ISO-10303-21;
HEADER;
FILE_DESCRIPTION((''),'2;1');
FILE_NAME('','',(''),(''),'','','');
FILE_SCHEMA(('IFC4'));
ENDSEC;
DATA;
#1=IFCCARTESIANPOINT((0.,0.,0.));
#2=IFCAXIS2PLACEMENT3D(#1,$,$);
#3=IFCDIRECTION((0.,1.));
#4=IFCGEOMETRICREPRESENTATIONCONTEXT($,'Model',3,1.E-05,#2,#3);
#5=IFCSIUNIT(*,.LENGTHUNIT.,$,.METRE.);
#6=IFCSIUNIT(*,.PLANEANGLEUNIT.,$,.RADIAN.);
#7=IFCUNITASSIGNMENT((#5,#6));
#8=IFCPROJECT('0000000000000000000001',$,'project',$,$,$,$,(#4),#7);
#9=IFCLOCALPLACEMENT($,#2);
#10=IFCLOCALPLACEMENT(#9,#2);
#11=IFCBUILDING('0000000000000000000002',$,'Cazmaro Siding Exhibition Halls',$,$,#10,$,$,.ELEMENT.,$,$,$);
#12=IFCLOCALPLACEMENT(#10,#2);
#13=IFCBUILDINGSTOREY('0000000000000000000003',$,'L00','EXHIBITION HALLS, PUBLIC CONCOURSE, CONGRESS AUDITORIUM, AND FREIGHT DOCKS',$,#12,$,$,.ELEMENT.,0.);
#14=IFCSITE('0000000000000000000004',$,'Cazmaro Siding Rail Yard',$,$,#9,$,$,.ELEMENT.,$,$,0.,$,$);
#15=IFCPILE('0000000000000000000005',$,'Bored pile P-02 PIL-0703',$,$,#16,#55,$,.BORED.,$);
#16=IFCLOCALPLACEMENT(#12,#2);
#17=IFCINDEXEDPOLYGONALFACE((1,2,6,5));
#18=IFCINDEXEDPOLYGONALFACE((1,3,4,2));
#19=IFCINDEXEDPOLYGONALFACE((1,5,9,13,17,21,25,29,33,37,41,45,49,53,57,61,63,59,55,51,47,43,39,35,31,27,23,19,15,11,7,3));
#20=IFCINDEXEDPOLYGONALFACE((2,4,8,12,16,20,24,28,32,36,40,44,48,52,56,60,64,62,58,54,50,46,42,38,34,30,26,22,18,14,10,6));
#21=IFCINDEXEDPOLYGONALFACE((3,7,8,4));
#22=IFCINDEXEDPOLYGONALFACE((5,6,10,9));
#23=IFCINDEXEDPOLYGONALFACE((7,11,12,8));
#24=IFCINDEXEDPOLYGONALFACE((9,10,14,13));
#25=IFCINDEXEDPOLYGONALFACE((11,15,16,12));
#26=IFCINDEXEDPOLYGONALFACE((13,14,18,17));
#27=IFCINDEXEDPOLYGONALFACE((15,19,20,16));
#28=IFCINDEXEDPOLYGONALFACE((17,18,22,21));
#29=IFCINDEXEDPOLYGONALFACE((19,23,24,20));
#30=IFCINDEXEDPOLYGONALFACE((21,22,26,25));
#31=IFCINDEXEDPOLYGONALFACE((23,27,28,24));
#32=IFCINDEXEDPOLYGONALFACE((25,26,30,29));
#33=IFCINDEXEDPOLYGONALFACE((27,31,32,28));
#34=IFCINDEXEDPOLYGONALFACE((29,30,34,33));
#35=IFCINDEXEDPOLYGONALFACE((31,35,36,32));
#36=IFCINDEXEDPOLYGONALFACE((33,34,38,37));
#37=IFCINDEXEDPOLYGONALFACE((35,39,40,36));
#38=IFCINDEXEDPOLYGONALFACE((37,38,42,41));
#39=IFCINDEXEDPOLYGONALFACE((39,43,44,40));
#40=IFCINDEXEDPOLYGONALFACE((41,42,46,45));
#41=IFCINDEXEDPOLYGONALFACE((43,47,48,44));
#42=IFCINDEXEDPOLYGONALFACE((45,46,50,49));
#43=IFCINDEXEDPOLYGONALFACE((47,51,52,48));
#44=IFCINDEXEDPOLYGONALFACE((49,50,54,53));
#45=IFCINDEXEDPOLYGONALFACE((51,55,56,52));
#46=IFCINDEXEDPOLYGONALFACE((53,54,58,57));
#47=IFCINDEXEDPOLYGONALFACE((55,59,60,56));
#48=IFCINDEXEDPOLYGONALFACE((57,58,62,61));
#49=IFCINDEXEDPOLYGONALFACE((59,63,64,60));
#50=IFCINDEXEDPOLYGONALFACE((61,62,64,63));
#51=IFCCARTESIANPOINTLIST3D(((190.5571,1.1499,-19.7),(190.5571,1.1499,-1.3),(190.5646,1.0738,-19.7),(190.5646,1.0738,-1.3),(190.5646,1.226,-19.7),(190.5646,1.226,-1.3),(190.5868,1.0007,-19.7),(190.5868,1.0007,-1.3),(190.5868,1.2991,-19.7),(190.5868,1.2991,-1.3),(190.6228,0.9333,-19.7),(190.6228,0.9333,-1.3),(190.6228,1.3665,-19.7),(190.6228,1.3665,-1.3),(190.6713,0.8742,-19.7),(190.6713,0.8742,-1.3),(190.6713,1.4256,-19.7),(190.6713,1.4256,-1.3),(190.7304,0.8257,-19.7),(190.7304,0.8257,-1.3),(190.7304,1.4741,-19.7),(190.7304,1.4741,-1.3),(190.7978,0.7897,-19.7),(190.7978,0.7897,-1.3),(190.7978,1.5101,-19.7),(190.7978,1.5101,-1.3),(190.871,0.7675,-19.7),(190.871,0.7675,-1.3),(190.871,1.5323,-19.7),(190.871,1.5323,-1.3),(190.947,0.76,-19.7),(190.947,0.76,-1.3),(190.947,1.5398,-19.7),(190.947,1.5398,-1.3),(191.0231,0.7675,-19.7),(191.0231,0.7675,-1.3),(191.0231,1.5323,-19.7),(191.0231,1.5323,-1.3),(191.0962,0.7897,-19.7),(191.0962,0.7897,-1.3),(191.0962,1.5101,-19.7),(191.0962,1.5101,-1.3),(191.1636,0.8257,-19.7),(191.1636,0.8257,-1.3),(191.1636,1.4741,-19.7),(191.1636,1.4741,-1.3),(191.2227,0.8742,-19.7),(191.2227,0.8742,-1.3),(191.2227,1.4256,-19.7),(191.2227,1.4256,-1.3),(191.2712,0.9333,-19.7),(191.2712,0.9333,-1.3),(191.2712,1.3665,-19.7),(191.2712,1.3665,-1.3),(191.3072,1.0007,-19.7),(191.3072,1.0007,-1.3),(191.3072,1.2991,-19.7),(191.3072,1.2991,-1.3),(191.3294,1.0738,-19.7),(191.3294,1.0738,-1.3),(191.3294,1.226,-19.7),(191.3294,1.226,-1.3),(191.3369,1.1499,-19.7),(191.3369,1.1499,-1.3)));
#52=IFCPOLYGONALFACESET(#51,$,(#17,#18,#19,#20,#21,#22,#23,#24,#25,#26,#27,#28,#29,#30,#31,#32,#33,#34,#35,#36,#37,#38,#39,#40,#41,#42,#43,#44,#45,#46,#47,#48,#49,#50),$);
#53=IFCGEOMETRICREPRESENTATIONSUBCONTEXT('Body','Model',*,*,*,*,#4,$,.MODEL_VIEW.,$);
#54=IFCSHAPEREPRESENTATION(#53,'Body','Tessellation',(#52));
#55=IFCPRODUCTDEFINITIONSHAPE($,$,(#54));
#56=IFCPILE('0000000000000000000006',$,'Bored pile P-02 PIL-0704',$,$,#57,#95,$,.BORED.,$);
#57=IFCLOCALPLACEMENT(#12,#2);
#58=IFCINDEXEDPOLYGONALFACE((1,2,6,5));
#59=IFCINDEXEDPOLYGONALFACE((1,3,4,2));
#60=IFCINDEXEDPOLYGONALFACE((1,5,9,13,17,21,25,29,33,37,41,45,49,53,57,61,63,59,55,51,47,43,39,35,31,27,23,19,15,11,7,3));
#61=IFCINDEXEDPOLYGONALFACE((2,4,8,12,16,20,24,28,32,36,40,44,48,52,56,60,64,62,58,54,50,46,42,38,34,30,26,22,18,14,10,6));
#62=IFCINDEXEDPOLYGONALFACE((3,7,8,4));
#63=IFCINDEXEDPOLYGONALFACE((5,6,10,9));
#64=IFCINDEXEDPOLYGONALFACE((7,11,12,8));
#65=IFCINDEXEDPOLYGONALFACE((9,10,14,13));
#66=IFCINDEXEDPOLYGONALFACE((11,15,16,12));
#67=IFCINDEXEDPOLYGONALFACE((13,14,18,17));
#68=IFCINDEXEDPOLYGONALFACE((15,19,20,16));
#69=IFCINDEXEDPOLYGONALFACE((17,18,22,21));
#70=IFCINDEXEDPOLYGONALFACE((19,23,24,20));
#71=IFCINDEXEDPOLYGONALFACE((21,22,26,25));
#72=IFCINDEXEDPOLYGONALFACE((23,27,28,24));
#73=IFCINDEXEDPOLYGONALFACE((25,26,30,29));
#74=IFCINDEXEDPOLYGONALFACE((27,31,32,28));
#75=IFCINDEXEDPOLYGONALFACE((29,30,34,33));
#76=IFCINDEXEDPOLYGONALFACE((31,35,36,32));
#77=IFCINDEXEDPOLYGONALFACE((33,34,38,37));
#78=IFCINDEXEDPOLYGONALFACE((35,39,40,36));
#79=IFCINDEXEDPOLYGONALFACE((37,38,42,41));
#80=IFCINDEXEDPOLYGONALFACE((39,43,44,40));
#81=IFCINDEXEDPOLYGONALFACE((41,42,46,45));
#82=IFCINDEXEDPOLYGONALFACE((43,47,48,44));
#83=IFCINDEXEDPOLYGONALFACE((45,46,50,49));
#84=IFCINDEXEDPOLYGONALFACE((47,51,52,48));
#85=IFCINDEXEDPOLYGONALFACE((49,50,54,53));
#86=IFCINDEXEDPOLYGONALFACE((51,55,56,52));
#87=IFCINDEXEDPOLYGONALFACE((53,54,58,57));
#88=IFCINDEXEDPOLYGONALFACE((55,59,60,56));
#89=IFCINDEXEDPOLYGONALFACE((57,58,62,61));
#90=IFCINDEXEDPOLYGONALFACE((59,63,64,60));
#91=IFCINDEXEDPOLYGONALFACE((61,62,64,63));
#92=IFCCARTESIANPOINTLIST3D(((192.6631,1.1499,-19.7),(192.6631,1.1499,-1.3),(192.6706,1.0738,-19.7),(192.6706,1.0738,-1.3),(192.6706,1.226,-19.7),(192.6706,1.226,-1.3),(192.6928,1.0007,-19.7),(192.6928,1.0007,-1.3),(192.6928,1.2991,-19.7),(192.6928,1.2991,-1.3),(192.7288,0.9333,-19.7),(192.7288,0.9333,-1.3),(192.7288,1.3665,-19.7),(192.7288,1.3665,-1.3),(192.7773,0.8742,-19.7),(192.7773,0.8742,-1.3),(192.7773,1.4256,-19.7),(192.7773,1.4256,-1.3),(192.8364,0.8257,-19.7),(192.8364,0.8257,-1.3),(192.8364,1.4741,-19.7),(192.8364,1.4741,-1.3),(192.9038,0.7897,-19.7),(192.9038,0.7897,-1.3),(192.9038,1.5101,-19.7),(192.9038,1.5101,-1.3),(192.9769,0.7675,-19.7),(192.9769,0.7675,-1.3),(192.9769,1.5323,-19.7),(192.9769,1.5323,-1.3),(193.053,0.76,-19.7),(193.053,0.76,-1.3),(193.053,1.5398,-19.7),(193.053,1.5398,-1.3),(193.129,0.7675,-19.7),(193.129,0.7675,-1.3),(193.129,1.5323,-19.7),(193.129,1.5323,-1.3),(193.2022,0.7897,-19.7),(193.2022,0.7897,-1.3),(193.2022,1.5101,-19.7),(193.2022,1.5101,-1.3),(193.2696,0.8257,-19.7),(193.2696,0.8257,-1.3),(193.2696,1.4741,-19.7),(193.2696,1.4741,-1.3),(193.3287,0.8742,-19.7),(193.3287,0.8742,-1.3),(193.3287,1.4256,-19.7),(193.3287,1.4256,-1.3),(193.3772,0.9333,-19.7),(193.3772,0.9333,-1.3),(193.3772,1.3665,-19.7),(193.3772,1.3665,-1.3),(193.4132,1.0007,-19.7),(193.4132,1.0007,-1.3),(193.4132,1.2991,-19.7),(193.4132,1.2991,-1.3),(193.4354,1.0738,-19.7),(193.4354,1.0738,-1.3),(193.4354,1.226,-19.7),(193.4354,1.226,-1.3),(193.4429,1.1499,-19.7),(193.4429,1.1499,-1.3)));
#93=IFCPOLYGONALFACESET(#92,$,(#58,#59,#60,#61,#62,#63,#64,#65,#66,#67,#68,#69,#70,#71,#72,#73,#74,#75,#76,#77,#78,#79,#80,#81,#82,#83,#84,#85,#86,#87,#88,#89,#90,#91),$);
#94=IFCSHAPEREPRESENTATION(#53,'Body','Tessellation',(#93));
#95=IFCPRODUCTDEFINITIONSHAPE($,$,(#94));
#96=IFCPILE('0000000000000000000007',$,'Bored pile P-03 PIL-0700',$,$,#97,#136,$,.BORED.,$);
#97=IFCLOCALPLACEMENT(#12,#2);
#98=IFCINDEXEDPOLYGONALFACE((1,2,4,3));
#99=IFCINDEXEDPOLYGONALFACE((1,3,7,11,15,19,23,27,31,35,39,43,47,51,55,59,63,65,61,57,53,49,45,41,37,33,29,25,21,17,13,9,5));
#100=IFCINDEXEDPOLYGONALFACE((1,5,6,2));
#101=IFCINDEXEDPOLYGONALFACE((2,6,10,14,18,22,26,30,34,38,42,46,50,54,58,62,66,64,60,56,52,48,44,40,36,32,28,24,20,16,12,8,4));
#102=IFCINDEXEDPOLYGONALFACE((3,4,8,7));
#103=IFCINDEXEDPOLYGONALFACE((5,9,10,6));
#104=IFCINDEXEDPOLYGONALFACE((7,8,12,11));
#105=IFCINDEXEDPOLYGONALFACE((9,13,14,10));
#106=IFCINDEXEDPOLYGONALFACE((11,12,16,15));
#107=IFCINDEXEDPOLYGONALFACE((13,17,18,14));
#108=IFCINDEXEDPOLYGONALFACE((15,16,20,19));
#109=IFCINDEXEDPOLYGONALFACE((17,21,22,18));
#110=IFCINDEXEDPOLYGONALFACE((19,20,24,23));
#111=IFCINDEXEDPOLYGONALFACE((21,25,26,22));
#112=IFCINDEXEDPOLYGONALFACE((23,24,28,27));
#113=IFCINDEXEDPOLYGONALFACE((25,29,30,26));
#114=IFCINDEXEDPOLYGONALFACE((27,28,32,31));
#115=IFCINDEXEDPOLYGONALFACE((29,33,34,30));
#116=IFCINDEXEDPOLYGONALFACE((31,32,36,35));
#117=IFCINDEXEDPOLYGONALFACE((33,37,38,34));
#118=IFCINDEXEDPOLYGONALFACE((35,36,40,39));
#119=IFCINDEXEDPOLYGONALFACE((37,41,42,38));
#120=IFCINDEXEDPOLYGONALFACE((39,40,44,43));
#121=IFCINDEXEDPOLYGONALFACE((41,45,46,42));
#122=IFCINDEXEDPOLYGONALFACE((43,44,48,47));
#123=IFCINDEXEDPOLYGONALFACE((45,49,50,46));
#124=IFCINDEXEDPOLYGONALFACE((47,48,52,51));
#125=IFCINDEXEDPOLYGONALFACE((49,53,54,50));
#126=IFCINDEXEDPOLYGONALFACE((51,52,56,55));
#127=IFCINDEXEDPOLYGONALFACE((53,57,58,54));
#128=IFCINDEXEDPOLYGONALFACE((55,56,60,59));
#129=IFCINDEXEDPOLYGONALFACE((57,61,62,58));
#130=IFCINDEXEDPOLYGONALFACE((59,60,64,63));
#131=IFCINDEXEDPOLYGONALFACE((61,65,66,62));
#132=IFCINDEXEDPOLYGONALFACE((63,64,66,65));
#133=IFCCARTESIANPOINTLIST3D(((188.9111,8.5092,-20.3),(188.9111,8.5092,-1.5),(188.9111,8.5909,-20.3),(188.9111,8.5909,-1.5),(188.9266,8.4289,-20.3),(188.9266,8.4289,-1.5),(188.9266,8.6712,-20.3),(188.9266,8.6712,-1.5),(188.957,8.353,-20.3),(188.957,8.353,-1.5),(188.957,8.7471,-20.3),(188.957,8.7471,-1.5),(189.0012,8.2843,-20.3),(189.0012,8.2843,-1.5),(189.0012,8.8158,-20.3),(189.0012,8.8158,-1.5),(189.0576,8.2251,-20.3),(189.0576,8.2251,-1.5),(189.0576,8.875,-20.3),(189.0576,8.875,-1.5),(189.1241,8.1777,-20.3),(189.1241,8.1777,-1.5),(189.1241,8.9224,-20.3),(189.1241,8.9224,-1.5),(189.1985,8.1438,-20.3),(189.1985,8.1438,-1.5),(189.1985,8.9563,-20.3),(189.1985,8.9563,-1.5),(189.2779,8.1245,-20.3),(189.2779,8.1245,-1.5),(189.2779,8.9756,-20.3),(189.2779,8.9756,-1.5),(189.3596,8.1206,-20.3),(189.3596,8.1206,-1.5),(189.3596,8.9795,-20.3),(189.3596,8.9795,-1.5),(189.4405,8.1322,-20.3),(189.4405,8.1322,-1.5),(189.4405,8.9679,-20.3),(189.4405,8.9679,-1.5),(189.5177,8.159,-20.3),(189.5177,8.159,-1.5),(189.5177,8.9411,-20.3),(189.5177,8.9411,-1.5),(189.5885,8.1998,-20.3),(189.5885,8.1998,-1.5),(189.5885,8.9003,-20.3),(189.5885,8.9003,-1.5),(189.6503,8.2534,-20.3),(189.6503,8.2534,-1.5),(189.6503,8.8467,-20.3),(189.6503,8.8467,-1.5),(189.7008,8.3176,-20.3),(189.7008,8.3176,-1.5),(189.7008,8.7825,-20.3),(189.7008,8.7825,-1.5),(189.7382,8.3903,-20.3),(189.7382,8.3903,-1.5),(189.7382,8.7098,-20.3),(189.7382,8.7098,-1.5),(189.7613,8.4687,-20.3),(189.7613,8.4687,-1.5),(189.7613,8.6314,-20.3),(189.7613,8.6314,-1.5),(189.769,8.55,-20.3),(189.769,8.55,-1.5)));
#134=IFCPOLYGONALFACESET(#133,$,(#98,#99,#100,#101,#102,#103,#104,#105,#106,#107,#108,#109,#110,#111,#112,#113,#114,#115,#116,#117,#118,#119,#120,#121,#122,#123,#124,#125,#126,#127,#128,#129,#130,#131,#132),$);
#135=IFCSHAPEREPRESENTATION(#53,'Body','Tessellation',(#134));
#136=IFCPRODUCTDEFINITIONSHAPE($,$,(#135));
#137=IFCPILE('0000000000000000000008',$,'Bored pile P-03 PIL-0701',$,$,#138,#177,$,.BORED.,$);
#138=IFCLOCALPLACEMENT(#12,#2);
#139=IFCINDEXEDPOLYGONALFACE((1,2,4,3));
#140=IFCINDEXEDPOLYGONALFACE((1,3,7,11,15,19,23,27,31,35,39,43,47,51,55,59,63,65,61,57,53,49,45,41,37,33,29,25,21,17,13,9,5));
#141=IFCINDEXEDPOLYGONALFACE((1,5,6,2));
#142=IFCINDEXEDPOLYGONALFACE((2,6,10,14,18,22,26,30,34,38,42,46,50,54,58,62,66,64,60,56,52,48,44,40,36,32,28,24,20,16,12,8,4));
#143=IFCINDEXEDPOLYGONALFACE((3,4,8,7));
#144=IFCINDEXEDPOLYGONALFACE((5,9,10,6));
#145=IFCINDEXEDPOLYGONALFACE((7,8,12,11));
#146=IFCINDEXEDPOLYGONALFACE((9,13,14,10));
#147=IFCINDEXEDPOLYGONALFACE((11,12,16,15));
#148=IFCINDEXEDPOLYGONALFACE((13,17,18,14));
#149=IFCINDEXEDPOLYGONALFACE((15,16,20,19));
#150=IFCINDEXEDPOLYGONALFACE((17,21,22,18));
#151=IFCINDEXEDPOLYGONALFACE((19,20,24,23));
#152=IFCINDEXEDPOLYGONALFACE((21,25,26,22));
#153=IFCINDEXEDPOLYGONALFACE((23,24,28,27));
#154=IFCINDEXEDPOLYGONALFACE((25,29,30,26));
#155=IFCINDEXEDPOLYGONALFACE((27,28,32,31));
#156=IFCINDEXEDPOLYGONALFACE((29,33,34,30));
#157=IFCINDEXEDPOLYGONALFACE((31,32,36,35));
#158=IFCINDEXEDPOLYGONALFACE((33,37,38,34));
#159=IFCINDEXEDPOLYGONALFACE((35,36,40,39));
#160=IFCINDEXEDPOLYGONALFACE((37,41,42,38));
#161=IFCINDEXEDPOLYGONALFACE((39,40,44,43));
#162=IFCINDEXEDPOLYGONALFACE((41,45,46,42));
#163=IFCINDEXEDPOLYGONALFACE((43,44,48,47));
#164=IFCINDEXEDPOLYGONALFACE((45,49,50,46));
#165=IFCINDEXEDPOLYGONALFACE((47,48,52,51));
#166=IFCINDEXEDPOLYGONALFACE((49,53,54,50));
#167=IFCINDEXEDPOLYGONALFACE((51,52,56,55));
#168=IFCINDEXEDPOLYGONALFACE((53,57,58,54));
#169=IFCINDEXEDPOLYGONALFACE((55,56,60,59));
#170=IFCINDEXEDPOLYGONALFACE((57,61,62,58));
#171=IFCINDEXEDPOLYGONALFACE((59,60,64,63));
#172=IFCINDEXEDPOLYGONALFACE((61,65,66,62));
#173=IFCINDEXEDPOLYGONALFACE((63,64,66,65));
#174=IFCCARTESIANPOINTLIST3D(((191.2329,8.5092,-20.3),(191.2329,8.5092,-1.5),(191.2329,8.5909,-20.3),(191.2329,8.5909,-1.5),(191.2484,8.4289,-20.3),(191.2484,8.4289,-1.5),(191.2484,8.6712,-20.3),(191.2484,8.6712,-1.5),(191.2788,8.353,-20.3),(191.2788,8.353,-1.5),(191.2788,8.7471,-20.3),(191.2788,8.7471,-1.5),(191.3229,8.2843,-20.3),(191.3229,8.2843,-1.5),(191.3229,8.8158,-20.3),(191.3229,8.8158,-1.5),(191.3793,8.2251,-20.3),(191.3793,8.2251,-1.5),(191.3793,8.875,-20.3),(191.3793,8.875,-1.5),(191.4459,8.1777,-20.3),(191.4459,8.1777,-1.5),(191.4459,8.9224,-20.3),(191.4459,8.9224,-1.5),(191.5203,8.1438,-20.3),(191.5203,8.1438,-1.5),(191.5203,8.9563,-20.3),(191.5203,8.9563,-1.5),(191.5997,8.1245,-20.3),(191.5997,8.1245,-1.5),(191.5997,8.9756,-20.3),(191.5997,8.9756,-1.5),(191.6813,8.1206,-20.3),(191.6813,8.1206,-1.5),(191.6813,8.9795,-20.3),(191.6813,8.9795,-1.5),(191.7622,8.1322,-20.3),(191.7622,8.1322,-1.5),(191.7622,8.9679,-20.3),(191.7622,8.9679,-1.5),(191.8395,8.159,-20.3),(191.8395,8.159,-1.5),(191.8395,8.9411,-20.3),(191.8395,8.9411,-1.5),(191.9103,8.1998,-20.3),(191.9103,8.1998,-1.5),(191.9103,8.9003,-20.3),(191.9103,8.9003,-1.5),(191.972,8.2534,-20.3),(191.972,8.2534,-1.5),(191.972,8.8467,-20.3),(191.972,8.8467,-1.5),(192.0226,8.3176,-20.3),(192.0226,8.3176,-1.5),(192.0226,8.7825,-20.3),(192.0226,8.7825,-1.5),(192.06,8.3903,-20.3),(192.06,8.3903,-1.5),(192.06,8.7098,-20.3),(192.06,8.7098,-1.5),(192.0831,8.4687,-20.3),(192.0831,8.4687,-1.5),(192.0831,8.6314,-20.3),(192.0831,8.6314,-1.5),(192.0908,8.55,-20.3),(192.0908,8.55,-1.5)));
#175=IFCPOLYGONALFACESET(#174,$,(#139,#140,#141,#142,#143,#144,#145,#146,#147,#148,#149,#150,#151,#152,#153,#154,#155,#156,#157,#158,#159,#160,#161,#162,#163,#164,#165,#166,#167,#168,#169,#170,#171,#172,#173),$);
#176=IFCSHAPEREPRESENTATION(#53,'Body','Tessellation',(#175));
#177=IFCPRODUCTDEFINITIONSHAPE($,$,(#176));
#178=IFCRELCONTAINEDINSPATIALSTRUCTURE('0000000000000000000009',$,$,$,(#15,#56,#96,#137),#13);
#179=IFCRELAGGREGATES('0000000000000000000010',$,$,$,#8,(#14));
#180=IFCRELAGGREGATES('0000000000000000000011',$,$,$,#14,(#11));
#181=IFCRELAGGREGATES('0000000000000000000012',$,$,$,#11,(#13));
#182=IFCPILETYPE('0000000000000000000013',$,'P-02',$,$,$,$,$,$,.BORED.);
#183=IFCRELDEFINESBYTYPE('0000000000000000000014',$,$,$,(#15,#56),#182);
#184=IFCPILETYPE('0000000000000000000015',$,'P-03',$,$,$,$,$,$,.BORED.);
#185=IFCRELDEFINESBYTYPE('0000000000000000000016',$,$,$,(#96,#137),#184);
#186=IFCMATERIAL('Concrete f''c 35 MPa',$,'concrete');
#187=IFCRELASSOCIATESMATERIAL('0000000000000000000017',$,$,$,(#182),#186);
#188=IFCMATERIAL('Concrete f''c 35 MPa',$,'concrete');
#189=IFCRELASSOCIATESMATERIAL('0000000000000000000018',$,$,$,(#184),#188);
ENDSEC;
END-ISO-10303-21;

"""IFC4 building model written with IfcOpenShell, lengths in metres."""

from ifc_helpers import new_model, si_unit, direction, frame, origin, origin_2d, place, context, subcontext, project, spatial, circle, extrude, material, material_profile, profile_set, type_object, element, save


model = new_model("IFC4")

# Units and contexts
model_context = context("Model", 3, precision=1e-05, world=origin(), true_north=direction((0.0, 1.0)))
body_context = subcontext(model_context, "Body", "Model", "MODEL_VIEW")
ifc_project = project(units=[si_unit("LENGTHUNIT", "METRE"), si_unit("PLANEANGLEUNIT", "RADIAN")], contexts=[model_context])

# Site, building, storey
site_placement = place(None, origin())
site = spatial("IfcSite", under=ifc_project, at=site_placement, Name="Cazmaro Siding Rail Yard", CompositionType="ELEMENT", RefElevation=0.0)
building_placement = place(site_placement, origin())
building = spatial("IfcBuilding", under=site, at=building_placement, Name="Cazmaro Siding Exhibition Halls", CompositionType="ELEMENT")
storey_placement = place(building_placement, origin())
storey = spatial("IfcBuildingStorey", under=building, at=storey_placement, Name="L00", Description="EXHIBITION HALLS, PUBLIC CONCOURSE, CONGRESS AUDITORIUM, AND FREIGHT DOCKS", CompositionType="ELEMENT", Elevation=0.0)

# Piles
ifc_material_1 = material(Name="Concrete f'c 35 MPa", Category="concrete")
ifc_material_profile_1 = material_profile(ifc_material_1, circle(Radius=0.3899, at=origin_2d()), Name="CIDH-780")
ifc_profile_set_1 = profile_set([ifc_material_profile_1], Name="Concrete f'c 35 MPa")
pile_type_1 = type_object("IfcPileType", Name="P-02", PredefinedType="BORED", material=ifc_profile_set_1)
for number, where, z_axis, x_axis, name in (
    (1, (190.947, 1.1499, -1.3), (0.0, 0.0, -1.0), (1.0, 0.0, 0.0), "Bored pile P-02 PIL-0703"),
    (2, (193.053, 1.1499, -1.3), (0.0, 0.0, -1.0), (1.0, 0.0, 0.0), "Bored pile P-02 PIL-0704"),
):
    element("IfcPile", number, at=place(storey_placement, frame(where, z_axis=z_axis, x_axis=x_axis)), inside=storey, type_object=pile_type_1, Name=name, PredefinedType="BORED", context=body_context, shape_type="SweptSolid", body=[
        extrude(circle(Radius=0.3899, at=origin_2d()), origin(), (0.0, 0.0, 1.0), 18.3999),
    ])
ifc_material_2 = material(Name="Concrete f'c 35 MPa", Category="concrete")
ifc_material_profile_2 = material_profile(ifc_material_2, circle(Radius=0.4299, at=origin_2d()), Name="CIDH-860")
ifc_profile_set_2 = profile_set([ifc_material_profile_2], Name="Concrete f'c 35 MPa")
pile_type_2 = type_object("IfcPileType", Name="P-03", PredefinedType="BORED", material=ifc_profile_set_2)
for number, where, z_axis, x_axis, name in (
    (3, (189.3391, 8.55, -1.5), (0.0, 0.0, -1.0), (1.0, 0.0, 0.0), "Bored pile P-03 PIL-0700"),
    (4, (191.6609, 8.55, -1.5), (0.0, 0.0, -1.0), (1.0, 0.0, 0.0), "Bored pile P-03 PIL-0701"),
):
    element("IfcPile", number, at=place(storey_placement, frame(where, z_axis=z_axis, x_axis=x_axis)), inside=storey, type_object=pile_type_2, Name=name, PredefinedType="BORED", context=body_context, shape_type="SweptSolid", body=[
        extrude(circle(Radius=0.4299, at=origin_2d()), origin(), (0.0, 0.0, 1.0), 18.8),
    ])

save(model, "model.ifc")
